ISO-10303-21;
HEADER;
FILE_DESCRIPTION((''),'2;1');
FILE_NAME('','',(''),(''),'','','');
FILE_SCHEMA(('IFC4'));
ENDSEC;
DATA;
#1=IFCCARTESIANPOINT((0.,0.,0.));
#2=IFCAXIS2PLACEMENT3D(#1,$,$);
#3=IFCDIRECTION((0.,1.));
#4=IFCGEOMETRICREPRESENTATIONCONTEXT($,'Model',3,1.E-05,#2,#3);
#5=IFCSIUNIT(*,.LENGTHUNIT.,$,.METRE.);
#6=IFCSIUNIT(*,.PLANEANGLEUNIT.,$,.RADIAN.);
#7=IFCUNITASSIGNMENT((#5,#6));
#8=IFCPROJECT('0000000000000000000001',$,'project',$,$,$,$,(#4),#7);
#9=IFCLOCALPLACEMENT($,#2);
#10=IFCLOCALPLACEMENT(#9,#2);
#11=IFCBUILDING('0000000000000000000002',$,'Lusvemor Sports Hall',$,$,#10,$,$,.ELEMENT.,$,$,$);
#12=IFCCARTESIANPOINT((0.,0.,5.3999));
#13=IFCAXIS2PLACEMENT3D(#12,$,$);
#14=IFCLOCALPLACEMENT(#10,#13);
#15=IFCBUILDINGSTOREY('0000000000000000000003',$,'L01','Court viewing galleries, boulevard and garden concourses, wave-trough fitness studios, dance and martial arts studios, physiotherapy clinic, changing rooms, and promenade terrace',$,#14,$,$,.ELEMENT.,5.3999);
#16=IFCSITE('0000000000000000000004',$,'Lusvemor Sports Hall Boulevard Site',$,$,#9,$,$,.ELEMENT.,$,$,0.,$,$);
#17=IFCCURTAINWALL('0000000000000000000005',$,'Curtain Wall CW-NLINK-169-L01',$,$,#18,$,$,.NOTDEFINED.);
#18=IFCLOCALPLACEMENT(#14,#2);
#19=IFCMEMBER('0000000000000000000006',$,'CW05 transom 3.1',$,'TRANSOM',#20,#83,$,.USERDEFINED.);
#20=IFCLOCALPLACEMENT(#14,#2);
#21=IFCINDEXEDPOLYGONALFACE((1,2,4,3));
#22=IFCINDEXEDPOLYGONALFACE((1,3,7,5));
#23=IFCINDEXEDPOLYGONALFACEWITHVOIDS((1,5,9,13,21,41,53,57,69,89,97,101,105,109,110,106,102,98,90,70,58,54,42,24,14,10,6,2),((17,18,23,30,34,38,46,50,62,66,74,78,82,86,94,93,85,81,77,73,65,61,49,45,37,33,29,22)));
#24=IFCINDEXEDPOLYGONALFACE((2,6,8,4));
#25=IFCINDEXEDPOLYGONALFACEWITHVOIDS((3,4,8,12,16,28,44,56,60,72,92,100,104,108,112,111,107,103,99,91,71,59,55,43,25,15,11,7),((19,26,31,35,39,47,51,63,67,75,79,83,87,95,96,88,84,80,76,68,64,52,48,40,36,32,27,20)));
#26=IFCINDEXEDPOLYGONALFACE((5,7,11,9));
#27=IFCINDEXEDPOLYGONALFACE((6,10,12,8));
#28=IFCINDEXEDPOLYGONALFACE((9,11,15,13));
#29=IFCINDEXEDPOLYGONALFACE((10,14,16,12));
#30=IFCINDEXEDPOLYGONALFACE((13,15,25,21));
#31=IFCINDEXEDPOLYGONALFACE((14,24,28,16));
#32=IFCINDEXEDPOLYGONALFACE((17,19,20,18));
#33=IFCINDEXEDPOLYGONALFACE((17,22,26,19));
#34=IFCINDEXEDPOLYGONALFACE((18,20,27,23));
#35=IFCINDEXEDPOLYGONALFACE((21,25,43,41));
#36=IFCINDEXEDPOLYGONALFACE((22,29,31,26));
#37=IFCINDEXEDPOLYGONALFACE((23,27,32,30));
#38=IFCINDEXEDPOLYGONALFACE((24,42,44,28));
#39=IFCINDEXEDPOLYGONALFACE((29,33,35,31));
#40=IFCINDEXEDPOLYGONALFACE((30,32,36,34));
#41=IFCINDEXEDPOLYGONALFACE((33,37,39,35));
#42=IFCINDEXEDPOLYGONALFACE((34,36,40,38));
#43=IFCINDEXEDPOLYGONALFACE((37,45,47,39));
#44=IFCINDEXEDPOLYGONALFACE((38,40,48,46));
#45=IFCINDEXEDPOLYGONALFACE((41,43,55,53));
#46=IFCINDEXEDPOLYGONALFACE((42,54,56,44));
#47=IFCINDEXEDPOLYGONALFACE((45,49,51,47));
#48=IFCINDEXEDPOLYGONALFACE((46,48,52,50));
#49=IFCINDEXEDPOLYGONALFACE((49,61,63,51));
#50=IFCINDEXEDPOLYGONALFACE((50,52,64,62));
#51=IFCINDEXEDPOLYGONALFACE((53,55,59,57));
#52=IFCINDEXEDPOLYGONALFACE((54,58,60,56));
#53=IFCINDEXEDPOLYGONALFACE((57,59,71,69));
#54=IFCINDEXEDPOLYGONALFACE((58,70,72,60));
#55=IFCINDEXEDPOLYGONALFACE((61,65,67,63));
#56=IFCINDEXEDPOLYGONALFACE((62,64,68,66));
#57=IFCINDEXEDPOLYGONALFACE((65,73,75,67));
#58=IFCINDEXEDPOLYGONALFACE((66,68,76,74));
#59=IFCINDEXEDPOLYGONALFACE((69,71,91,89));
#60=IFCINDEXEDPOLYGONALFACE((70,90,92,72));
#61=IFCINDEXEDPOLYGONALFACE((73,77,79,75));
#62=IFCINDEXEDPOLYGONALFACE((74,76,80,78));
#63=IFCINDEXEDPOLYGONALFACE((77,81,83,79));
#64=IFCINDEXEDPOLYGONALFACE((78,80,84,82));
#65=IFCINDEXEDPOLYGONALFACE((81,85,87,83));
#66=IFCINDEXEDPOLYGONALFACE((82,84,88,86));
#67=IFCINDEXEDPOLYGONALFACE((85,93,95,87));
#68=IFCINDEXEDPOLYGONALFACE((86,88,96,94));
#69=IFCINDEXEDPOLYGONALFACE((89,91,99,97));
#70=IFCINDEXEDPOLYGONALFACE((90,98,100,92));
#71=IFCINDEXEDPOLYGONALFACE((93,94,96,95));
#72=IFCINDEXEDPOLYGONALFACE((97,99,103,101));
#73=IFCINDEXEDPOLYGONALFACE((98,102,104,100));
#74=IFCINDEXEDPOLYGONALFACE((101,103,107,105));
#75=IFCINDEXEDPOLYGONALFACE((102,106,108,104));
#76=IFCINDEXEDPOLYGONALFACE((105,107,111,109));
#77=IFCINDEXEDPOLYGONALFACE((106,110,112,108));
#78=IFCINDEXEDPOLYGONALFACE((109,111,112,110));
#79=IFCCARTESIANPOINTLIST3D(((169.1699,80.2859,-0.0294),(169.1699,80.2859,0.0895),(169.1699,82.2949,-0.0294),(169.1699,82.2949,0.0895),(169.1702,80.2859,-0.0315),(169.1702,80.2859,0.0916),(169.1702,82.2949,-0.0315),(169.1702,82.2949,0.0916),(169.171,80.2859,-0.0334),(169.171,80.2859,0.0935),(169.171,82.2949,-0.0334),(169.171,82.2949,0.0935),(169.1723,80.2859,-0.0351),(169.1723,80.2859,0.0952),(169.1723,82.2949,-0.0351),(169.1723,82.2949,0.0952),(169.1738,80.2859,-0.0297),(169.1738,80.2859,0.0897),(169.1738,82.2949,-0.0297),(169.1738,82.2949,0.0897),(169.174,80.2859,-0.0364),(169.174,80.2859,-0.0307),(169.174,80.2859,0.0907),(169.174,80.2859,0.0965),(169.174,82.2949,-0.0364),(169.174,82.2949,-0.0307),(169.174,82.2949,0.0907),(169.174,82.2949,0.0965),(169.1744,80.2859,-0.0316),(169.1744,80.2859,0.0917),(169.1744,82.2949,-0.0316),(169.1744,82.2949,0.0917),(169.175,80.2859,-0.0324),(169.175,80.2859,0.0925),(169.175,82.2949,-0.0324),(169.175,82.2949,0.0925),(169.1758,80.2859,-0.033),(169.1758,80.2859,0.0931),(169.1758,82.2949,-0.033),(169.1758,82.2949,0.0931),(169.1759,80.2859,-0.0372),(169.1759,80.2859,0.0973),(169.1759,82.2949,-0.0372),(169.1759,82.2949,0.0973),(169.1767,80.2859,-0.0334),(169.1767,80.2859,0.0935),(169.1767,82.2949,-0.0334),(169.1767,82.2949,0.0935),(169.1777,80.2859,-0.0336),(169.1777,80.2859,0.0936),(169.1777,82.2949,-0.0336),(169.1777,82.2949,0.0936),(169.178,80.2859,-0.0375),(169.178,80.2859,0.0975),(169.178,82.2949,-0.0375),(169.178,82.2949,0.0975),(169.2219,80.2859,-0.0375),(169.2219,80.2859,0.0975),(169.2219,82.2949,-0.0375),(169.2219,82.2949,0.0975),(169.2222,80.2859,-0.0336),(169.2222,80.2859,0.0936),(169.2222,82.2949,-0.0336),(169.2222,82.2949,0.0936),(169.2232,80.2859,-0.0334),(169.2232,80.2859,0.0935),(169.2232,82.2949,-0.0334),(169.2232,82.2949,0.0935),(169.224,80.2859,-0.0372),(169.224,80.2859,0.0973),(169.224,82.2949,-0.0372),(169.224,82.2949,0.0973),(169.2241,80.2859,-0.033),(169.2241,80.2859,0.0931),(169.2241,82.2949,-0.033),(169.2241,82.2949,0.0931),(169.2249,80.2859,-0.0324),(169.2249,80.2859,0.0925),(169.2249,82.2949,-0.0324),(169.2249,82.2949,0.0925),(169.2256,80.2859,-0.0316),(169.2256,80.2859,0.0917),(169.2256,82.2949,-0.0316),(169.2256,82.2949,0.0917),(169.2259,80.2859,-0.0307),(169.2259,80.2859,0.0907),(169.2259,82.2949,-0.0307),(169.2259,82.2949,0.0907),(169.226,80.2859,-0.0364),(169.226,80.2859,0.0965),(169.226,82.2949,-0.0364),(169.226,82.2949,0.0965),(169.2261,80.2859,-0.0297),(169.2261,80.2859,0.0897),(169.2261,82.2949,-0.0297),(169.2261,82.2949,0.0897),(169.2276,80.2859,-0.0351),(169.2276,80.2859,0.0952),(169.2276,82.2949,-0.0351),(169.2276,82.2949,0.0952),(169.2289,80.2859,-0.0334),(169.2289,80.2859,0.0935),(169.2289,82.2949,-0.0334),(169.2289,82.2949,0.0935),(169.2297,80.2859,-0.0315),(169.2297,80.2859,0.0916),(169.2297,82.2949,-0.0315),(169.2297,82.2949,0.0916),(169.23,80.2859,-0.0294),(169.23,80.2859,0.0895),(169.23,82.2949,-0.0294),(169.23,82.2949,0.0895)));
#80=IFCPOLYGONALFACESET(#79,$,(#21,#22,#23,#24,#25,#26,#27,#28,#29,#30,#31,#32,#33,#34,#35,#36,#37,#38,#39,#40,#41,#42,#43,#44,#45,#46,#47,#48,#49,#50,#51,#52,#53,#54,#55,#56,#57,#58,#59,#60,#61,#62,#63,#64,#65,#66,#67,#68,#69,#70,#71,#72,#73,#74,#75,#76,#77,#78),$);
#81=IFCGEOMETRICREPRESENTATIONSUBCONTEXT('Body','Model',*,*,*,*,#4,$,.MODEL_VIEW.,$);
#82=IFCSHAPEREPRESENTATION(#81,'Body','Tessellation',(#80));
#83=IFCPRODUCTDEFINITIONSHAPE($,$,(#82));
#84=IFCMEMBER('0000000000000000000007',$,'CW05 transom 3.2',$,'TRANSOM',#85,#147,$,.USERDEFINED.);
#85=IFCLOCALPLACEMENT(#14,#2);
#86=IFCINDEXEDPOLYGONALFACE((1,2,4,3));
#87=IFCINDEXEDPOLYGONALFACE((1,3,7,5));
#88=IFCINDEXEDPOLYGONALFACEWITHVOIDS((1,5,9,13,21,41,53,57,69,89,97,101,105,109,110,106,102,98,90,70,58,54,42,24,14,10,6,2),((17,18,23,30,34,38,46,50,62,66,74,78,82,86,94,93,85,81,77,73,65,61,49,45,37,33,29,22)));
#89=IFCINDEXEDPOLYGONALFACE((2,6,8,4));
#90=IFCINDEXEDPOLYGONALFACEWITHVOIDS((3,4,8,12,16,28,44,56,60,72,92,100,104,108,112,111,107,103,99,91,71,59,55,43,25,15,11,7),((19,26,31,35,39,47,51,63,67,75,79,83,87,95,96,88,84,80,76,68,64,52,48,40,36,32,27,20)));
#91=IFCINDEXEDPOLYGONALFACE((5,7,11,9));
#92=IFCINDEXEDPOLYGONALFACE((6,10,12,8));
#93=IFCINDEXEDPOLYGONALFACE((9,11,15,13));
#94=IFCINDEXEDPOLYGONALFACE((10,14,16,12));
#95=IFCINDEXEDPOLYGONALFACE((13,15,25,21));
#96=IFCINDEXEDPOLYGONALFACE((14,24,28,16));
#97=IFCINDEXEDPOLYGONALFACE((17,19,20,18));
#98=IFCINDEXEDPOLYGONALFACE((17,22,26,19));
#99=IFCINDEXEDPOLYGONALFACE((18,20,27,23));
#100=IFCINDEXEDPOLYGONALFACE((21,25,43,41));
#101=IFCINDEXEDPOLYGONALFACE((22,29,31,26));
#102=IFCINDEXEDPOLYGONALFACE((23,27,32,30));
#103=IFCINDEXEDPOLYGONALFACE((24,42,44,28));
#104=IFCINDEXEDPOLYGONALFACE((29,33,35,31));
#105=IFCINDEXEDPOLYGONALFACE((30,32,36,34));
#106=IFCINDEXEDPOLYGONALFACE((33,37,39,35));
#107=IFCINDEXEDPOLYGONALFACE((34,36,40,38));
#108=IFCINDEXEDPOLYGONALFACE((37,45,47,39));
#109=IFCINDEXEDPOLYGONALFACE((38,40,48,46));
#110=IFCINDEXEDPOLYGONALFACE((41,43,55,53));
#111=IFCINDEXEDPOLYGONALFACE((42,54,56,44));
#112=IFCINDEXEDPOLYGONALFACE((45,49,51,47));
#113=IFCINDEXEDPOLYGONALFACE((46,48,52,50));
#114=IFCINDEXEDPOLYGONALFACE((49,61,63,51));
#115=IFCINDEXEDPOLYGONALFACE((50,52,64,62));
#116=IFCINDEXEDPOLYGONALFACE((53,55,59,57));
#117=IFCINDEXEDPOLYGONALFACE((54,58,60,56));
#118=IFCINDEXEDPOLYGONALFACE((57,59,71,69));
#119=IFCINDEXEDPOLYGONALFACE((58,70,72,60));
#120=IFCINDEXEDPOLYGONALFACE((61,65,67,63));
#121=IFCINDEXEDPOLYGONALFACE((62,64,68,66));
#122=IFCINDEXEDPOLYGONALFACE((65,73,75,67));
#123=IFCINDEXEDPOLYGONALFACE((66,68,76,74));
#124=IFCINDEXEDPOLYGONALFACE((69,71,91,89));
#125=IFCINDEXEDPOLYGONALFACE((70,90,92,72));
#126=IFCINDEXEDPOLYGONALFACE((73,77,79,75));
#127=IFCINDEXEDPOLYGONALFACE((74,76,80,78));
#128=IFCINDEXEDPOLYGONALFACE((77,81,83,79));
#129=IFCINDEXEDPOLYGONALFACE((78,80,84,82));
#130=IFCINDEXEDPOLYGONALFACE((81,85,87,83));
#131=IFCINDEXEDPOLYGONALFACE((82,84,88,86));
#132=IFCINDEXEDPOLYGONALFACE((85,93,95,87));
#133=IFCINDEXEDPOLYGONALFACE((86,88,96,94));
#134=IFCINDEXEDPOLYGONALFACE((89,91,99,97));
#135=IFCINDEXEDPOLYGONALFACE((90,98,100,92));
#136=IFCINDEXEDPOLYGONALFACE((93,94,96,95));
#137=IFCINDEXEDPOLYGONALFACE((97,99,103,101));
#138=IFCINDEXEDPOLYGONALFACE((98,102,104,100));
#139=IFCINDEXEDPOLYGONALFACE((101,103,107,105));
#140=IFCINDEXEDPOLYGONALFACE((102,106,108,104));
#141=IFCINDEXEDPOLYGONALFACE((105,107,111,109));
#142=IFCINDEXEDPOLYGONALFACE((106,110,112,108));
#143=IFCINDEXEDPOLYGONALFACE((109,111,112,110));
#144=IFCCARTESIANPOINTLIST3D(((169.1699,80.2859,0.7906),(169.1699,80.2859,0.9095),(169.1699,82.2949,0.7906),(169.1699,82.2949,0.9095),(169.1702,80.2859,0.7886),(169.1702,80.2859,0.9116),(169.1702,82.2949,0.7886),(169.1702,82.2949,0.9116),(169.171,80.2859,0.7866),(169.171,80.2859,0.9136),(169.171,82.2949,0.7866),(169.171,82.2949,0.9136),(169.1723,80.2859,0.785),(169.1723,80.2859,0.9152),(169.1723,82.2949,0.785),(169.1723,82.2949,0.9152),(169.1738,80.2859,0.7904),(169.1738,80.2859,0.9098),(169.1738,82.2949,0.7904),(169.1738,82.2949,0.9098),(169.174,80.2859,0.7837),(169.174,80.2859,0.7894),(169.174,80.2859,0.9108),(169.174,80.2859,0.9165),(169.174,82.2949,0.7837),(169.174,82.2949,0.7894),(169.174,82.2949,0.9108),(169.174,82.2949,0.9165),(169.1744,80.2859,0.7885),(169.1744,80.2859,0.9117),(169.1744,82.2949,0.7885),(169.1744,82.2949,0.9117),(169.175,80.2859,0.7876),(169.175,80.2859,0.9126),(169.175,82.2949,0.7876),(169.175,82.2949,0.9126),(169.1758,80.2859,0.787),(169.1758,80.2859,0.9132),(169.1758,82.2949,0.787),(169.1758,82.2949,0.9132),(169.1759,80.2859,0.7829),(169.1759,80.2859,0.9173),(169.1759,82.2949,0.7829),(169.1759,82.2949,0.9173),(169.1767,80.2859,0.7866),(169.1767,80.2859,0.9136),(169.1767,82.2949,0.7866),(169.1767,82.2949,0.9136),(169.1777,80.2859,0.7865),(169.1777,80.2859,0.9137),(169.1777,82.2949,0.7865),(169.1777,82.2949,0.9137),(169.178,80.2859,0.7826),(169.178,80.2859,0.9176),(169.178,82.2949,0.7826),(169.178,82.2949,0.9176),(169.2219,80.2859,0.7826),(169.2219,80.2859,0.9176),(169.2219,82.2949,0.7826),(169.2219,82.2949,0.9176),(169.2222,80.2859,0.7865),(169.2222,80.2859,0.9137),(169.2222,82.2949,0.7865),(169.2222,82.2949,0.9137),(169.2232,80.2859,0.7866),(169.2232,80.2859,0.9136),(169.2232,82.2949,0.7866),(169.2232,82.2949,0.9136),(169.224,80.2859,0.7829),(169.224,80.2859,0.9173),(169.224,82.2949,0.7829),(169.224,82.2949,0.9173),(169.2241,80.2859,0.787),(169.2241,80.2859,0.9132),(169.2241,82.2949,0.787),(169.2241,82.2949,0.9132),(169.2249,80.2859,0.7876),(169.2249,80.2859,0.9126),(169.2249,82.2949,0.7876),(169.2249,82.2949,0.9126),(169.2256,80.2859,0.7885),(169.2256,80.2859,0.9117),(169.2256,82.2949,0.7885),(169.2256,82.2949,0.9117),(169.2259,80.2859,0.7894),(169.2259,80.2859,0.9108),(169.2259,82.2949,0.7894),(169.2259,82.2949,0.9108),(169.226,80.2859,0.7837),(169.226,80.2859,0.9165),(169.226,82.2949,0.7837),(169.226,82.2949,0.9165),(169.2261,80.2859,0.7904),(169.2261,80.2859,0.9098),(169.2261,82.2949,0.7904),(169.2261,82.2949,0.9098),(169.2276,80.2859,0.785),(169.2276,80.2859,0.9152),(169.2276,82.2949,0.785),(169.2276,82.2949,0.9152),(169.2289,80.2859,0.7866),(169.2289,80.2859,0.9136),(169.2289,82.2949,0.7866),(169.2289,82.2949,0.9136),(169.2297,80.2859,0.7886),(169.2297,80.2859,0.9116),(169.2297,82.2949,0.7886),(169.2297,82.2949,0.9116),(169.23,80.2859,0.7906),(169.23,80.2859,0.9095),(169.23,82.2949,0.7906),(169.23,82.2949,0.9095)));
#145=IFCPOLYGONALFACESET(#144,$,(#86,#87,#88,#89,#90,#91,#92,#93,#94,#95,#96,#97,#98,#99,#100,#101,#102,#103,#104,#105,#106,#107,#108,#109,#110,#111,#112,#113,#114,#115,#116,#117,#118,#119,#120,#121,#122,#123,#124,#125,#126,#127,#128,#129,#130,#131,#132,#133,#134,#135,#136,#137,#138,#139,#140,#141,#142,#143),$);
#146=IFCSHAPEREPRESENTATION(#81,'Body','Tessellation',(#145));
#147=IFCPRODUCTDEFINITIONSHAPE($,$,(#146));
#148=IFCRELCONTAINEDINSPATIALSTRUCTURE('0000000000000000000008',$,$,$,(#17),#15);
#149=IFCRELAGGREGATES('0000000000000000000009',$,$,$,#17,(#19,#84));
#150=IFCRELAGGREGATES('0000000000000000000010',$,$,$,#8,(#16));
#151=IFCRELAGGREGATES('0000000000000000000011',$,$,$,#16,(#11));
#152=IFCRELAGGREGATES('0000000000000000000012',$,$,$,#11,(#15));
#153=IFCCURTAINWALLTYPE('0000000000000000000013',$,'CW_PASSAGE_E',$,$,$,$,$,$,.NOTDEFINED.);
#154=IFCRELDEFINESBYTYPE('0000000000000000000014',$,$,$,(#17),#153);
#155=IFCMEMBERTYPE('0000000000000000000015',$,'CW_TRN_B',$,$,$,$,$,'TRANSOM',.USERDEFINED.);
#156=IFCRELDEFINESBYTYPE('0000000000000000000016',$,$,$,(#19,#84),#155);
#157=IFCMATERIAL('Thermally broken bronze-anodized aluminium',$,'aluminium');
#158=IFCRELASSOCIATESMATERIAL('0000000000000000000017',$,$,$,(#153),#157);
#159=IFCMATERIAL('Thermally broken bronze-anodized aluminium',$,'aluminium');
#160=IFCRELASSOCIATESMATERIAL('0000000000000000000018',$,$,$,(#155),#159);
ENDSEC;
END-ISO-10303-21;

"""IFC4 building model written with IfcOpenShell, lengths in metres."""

from ifc_helpers import new_model, si_unit, direction, frame, origin, origin_2d, place, context, subcontext, project, spatial, hollow_rectangle, extrude, material, material_profile, profile_set, type_object, element, aggregate, save


model = new_model("IFC4")

# Units and contexts
model_context = context("Model", 3, precision=1e-05, world=origin(), true_north=direction((0.0, 1.0)))
body_context = subcontext(model_context, "Body", "Model", "MODEL_VIEW")
ifc_project = project(units=[si_unit("LENGTHUNIT", "METRE"), si_unit("PLANEANGLEUNIT", "RADIAN")], contexts=[model_context])

# Site, building, storey
site_placement = place(None, origin())
site = spatial("IfcSite", under=ifc_project, at=site_placement, Name="Lusvemor Sports Hall Boulevard Site", CompositionType="ELEMENT", RefElevation=0.0)
building_placement = place(site_placement, origin())
building = spatial("IfcBuilding", under=site, at=building_placement, Name="Lusvemor Sports Hall", CompositionType="ELEMENT")
storey_placement = place(building_placement, frame((0.0, 0.0, 5.3999)))
storey = spatial("IfcBuildingStorey", under=building, at=storey_placement, Name="L01", Description="Court viewing galleries, boulevard and garden concourses, wave-trough fitness studios, dance and martial arts studios, physiotherapy clinic, changing rooms, and promenade terrace", CompositionType="ELEMENT", Elevation=5.3999)

# Curtain wall, members
ifc_material_1 = material(Name="Thermally broken bronze-anodized aluminium", Category="aluminium")
curtain_wall_type = type_object("IfcCurtainWallType", Name="CW_PASSAGE_E", PredefinedType="NOTDEFINED", material=ifc_material_1)
curtain_wall_placement = place(storey_placement, origin())
curtain_wall = element("IfcCurtainWall", 1, at=curtain_wall_placement, inside=storey, type_object=curtain_wall_type, Name="Curtain Wall CW-NLINK-169-L01", PredefinedType="NOTDEFINED")
ifc_material_2 = material(Name="Thermally broken bronze-anodized aluminium", Category="aluminium")
ifc_material_profile_1 = material_profile(ifc_material_2, hollow_rectangle(XDim=0.0601, YDim=0.135, WallThickness=0.0039, InnerFilletRadius=0.0039, OuterFilletRadius=0.0081, at=origin_2d()), Name="CWTRN135x60x4")
ifc_profile_set_1 = profile_set([ifc_material_profile_1], Name="Thermally broken bronze-anodized aluminium")
member_type_1 = type_object("IfcMemberType", Name="CW_TRN_B", ElementType="TRANSOM", PredefinedType="USERDEFINED", material=ifc_profile_set_1)
member_1_placement = place(storey_placement, frame((169.2, 80.2859, 0.03), z_axis=(0.0, 1.0, 0.0), x_axis=(-1.0, 0.0, 0.0)))
member_1 = element("IfcMember", 2, at=member_1_placement, type_object=member_type_1, Name="CW05 transom 3.1", ObjectType="TRANSOM", PredefinedType="USERDEFINED", context=body_context, shape_type="SweptSolid", body=[
    extrude(hollow_rectangle(XDim=0.0601, YDim=0.135, WallThickness=0.0039, InnerFilletRadius=0.0039, OuterFilletRadius=0.0081, at=origin_2d()), origin(), (0.0, 0.0, 1.0), 2.009),
])
member_2_placement = place(storey_placement, frame((169.2, 80.2859, 0.8501), z_axis=(0.0, 1.0, 0.0), x_axis=(-1.0, 0.0, 0.0)))
member_2 = element("IfcMember", 3, at=member_2_placement, type_object=member_type_1, Name="CW05 transom 3.2", ObjectType="TRANSOM", PredefinedType="USERDEFINED", context=body_context, shape_type="SweptSolid", body=[
    extrude(hollow_rectangle(XDim=0.0601, YDim=0.135, WallThickness=0.0039, InnerFilletRadius=0.0039, OuterFilletRadius=0.0081, at=origin_2d()), origin(), (0.0, 0.0, 1.0), 2.009),
])

aggregate(curtain_wall, [member_1, member_2])

save(model, "model.ifc")
